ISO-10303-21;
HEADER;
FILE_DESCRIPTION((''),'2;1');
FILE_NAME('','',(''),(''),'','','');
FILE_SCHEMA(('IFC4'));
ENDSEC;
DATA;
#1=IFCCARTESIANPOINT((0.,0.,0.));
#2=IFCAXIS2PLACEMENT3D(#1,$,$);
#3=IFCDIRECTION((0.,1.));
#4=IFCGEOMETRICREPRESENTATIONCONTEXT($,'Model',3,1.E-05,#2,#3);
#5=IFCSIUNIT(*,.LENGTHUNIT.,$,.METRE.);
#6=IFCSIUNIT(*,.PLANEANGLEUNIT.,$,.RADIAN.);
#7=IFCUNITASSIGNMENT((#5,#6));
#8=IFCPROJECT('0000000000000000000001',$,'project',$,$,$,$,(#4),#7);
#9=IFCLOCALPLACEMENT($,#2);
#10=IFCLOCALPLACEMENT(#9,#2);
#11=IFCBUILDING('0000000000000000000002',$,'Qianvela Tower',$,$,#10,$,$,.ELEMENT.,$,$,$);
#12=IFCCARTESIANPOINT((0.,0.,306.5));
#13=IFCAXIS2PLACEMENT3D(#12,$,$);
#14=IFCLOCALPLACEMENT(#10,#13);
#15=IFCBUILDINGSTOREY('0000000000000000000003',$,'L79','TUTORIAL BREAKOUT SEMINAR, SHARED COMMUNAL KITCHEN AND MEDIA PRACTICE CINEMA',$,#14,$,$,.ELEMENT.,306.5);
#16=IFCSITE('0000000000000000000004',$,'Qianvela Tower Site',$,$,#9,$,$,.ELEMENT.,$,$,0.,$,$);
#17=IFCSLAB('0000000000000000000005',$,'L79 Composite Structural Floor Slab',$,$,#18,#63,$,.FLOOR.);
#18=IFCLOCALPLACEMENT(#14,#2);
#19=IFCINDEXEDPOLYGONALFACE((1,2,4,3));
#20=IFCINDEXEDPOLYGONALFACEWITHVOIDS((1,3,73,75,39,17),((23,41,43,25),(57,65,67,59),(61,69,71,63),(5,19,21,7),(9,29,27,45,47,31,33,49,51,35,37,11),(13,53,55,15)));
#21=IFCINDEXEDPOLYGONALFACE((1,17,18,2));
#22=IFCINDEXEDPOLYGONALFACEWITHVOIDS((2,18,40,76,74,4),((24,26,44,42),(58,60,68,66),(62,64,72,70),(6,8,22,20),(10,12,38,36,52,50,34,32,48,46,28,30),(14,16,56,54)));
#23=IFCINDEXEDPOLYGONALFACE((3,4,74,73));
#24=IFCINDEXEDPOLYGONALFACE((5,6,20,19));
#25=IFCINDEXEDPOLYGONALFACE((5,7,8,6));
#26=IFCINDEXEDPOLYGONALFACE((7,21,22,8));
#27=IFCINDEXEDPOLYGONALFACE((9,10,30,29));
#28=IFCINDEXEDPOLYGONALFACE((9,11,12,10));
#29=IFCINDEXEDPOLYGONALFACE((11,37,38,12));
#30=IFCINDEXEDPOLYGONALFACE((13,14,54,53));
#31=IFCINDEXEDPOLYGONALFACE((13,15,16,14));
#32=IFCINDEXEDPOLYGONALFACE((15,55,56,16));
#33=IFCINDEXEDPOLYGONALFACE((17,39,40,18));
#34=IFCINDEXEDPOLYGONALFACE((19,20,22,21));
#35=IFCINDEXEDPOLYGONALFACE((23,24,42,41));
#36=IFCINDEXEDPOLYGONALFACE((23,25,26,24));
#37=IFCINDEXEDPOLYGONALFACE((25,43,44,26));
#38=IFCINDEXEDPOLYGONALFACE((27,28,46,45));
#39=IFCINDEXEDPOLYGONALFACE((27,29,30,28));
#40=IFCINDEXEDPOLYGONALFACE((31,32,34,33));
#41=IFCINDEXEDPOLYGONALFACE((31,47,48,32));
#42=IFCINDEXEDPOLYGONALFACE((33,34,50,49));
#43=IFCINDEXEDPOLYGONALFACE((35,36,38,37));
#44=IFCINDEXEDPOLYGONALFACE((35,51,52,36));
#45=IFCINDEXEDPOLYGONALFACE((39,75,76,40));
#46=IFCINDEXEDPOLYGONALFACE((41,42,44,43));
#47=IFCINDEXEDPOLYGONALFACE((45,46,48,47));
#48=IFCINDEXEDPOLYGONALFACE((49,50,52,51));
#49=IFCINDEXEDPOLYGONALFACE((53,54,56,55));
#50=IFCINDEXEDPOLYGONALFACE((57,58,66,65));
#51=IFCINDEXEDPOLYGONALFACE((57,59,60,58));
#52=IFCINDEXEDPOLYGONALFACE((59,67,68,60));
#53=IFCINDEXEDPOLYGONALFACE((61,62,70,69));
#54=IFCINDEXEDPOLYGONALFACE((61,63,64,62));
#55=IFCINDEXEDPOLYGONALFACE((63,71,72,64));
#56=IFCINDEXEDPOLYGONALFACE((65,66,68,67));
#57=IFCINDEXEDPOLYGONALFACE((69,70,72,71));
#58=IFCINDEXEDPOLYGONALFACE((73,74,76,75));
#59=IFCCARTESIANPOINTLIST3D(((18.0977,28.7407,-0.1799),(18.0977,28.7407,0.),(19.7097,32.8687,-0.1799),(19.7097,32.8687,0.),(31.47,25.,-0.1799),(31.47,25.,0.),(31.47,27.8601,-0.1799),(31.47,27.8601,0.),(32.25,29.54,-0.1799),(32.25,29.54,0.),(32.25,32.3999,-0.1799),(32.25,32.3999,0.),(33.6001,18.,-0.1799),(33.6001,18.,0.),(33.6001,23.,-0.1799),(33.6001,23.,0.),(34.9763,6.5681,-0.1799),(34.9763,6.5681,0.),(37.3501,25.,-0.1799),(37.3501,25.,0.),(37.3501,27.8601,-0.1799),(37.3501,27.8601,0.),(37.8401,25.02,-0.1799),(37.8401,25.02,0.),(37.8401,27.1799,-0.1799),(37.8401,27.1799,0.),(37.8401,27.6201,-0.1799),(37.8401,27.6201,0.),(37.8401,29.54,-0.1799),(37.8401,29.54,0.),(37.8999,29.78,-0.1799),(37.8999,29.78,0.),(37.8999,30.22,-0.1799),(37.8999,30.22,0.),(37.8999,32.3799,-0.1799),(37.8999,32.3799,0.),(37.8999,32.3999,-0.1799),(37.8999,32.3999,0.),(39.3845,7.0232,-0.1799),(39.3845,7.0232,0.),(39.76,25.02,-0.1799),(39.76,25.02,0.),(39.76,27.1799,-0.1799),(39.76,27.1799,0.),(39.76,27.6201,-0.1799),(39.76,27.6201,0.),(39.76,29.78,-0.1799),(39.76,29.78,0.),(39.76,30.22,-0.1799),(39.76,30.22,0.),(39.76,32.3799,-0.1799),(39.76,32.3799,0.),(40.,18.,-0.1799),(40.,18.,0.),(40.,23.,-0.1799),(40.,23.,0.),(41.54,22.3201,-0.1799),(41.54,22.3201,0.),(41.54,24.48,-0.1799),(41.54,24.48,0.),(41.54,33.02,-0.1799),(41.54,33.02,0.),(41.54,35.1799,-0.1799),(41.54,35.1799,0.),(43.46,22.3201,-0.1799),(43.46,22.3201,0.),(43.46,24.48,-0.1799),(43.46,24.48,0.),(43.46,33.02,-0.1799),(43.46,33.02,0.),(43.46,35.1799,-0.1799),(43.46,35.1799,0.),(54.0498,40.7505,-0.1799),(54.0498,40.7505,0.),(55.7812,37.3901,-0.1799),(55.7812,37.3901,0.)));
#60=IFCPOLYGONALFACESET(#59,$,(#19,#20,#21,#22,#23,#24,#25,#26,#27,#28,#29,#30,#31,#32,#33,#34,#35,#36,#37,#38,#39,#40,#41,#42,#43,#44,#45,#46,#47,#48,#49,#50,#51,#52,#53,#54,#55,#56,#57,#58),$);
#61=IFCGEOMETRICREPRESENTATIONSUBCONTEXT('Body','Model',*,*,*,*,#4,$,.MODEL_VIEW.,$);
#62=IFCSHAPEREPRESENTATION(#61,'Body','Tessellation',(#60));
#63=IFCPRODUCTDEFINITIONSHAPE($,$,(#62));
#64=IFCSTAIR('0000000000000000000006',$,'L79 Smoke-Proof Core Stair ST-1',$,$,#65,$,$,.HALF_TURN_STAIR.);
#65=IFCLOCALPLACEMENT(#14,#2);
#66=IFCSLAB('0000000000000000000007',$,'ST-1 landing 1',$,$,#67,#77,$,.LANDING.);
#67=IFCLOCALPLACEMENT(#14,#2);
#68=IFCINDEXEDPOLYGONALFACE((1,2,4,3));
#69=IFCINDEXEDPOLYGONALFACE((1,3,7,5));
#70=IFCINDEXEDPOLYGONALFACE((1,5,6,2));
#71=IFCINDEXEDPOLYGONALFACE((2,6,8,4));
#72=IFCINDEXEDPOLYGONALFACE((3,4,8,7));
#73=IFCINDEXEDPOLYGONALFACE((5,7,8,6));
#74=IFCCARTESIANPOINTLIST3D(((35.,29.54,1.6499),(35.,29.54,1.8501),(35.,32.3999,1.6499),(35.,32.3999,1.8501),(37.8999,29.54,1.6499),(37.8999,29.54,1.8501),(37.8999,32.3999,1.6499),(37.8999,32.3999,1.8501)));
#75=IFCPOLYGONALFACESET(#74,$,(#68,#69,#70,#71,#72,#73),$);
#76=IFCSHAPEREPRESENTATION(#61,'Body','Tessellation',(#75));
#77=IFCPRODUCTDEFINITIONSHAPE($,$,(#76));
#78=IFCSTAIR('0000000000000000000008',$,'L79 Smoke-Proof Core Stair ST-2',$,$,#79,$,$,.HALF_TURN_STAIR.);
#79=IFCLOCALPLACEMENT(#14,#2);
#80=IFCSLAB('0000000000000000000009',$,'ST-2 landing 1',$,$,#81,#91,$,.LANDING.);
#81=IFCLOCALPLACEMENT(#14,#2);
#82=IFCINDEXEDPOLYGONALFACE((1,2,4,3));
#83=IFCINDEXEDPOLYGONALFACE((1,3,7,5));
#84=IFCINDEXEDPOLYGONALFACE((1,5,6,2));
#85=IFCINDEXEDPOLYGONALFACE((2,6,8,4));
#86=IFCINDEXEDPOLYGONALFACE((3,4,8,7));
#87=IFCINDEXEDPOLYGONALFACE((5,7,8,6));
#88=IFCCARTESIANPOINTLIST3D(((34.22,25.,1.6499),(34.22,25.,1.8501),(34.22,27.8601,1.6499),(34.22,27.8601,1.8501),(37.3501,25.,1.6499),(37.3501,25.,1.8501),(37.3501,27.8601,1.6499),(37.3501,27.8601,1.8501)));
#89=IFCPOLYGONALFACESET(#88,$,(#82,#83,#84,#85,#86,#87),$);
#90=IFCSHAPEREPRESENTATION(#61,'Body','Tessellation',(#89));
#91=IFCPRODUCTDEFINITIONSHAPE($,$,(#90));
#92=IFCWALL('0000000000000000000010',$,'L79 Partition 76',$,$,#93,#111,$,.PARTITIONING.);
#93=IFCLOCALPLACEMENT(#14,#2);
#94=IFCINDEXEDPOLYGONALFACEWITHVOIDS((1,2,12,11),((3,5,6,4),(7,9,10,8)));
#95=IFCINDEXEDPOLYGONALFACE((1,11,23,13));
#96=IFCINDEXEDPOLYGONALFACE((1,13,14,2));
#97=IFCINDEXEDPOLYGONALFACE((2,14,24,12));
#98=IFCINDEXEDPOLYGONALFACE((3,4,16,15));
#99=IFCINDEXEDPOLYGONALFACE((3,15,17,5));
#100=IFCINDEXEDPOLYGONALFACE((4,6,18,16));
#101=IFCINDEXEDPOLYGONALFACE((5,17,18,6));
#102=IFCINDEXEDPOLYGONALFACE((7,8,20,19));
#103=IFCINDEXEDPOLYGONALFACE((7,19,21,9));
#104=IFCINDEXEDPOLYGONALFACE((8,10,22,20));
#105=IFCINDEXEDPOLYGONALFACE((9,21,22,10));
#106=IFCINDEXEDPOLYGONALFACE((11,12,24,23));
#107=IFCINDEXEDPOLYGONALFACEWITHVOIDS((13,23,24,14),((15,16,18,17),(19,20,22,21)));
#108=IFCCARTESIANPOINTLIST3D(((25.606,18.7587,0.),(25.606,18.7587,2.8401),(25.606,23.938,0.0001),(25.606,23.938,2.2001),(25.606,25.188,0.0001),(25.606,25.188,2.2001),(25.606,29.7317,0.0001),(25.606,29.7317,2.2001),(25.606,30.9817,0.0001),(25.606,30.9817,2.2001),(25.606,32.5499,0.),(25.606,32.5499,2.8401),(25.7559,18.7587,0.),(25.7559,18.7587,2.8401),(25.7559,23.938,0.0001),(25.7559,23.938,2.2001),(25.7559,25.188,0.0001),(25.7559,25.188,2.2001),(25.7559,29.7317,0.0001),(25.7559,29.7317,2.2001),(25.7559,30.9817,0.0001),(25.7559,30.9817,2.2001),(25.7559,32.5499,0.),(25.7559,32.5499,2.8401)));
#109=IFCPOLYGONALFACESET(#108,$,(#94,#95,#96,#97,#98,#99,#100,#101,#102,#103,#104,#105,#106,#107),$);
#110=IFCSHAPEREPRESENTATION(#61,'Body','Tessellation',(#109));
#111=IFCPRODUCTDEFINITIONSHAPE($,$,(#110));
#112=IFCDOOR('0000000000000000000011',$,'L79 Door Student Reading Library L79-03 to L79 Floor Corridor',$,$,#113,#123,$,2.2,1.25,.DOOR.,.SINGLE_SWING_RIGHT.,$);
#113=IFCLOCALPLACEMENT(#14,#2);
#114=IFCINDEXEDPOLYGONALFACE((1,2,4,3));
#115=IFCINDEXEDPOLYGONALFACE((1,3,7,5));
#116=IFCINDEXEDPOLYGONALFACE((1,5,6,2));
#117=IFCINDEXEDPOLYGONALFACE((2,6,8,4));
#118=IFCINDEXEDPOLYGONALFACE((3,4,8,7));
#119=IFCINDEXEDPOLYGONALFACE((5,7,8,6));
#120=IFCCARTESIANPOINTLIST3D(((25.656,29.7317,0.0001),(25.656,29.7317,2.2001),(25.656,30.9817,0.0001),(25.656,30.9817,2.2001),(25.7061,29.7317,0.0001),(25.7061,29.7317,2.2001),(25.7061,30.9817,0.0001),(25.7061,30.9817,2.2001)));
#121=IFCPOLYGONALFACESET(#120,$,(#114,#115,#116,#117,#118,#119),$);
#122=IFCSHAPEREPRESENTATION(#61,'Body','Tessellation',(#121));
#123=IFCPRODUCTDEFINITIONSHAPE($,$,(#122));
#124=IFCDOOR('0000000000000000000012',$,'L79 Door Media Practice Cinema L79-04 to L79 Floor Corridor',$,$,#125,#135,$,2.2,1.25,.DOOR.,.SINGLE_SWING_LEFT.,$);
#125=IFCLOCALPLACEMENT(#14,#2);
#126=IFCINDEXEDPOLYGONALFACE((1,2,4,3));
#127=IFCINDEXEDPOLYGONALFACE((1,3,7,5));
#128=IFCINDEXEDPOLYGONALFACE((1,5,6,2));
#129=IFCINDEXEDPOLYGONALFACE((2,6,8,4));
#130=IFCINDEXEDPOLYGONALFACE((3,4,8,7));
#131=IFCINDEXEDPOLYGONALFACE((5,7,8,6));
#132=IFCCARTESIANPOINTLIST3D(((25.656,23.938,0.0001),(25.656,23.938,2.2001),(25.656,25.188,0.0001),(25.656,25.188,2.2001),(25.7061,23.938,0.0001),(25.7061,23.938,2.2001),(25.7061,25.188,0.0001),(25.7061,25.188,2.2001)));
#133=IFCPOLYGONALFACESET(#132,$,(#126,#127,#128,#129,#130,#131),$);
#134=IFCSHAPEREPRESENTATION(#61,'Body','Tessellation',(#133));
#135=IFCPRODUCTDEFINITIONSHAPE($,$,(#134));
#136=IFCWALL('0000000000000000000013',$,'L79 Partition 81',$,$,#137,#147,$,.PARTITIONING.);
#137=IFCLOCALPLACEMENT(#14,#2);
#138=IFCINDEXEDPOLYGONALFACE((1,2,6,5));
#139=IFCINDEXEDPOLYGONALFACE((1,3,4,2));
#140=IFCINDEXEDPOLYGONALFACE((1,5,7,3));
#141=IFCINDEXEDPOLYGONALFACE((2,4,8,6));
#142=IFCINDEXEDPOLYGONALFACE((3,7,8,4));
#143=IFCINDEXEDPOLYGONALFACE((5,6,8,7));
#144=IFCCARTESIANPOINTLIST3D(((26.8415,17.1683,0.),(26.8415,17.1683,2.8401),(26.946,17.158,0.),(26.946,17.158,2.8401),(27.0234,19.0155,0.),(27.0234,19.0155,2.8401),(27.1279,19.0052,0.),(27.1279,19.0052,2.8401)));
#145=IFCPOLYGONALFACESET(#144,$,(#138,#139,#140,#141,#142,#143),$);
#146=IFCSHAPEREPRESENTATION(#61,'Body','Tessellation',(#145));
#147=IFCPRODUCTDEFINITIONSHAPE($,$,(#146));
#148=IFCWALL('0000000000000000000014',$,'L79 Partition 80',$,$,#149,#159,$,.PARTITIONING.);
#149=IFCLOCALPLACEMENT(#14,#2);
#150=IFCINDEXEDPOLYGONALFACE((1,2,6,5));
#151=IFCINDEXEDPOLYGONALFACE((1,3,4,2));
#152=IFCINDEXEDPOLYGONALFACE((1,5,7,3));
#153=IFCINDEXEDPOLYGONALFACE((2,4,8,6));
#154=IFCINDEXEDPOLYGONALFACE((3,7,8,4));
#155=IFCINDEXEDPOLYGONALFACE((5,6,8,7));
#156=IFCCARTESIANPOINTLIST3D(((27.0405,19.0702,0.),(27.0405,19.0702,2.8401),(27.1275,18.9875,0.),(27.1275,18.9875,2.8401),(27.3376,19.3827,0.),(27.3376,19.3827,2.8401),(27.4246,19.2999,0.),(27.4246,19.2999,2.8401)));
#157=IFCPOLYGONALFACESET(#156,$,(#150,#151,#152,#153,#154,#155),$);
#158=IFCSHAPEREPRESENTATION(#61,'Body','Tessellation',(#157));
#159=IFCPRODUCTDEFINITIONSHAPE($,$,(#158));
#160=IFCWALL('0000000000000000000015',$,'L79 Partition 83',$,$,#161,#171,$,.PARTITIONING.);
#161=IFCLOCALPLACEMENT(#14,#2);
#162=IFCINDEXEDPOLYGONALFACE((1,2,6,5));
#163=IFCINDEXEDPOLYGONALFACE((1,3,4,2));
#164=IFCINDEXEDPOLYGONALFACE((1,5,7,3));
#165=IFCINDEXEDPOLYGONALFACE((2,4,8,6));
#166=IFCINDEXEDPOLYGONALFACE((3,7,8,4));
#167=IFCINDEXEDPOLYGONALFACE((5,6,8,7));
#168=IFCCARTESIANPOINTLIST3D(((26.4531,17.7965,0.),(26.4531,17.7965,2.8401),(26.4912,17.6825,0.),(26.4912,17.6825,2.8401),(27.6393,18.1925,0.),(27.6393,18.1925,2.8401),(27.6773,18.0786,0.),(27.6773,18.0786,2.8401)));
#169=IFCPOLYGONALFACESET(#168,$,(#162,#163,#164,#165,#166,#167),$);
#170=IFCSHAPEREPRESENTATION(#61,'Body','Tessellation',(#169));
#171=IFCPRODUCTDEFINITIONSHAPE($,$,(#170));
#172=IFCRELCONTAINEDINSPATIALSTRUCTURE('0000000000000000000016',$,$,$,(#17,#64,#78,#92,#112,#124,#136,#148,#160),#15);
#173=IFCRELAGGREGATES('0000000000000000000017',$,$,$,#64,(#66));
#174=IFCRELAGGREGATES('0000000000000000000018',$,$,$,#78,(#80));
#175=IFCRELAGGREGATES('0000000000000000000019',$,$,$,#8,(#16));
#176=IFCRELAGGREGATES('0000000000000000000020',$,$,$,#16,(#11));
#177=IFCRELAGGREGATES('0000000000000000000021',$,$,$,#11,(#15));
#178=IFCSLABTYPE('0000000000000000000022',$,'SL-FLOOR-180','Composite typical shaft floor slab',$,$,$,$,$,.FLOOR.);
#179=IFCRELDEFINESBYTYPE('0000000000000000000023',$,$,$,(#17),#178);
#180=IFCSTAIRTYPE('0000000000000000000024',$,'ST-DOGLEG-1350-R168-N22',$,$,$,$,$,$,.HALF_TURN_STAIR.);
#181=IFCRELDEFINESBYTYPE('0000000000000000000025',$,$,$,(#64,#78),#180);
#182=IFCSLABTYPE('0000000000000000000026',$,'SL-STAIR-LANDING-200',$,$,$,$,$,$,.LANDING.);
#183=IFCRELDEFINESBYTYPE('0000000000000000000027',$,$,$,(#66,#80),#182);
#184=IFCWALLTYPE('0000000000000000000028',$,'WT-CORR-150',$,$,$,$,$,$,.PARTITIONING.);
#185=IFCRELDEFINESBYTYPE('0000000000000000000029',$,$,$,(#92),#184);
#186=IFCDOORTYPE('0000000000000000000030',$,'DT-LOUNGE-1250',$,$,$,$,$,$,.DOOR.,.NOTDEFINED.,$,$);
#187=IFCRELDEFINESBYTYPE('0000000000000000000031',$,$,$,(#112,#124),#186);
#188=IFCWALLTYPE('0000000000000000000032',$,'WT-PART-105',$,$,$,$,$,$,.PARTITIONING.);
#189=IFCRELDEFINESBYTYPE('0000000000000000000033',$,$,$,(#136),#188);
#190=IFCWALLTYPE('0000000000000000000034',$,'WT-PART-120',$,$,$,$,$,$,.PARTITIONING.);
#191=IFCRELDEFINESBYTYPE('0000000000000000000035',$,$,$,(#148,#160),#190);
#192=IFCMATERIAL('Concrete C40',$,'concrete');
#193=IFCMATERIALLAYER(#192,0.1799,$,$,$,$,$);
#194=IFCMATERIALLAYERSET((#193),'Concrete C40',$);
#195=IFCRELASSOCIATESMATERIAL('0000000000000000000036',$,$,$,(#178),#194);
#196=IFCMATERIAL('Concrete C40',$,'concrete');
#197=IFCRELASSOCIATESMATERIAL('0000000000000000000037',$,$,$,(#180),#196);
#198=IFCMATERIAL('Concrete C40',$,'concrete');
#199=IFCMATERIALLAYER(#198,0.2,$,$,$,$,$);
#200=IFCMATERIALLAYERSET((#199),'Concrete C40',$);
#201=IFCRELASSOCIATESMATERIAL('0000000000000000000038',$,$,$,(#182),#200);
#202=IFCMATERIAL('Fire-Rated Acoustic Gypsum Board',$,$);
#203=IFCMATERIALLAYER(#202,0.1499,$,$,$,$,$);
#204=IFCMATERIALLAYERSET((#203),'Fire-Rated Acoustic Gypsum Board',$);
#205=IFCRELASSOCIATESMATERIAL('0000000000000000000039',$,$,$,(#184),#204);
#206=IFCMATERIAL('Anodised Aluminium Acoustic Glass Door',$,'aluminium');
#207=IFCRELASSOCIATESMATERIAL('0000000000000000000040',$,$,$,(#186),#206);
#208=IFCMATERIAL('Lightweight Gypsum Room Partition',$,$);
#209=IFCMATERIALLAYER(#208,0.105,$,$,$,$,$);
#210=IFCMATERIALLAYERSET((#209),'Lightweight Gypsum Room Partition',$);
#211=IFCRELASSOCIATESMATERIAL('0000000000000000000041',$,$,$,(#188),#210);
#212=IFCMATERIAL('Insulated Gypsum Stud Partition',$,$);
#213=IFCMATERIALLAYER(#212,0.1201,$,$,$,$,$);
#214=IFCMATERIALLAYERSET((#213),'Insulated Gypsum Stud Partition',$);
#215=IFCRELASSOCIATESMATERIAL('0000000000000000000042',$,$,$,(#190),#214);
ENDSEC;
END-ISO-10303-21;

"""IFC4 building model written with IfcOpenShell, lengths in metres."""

from ifc_helpers import new_model, si_unit, direction, frame, frame_2d, origin, place, context, subcontext, project, spatial, polyline, rectangle, outline, extrude, material, layer, layer_set, type_object, element, fill, aggregate, save


model = new_model("IFC4")

# Units and contexts
model_context = context("Model", 3, precision=1e-05, world=origin(), true_north=direction((0.0, 1.0)))
body_context = subcontext(model_context, "Body", "Model", "MODEL_VIEW")
ifc_project = project(units=[si_unit("LENGTHUNIT", "METRE"), si_unit("PLANEANGLEUNIT", "RADIAN")], contexts=[model_context])

# Site, building, storey
site_placement = place(None, origin())
site = spatial("IfcSite", under=ifc_project, at=site_placement, Name="Qianvela Tower Site", CompositionType="ELEMENT", RefElevation=0.0)
building_placement = place(site_placement, origin())
building = spatial("IfcBuilding", under=site, at=building_placement, Name="Qianvela Tower", CompositionType="ELEMENT")
storey_placement = place(building_placement, frame((0.0, 0.0, 306.5)))
storey = spatial("IfcBuildingStorey", under=building, at=storey_placement, Name="L79", Description="TUTORIAL BREAKOUT SEMINAR, SHARED COMMUNAL KITCHEN AND MEDIA PRACTICE CINEMA", CompositionType="ELEMENT", Elevation=306.5)

# Slab
ifc_material_1 = material(Name="Concrete C40", Category="concrete")
ifc_layer_1 = layer(ifc_material_1, 0.1799)
ifc_layer_set_1 = layer_set([ifc_layer_1], Name="Concrete C40")
slab_type_1 = type_object("IfcSlabType", Name="SL-FLOOR-180", Description="Composite typical shaft floor slab", PredefinedType="FLOOR", material=ifc_layer_set_1)
slab_1_placement = place(storey_placement, frame((0.0, 0.0, -0.1799)))
element("IfcSlab", 1, at=slab_1_placement, inside=storey, type_object=slab_type_1, Name="L79 Composite Structural Floor Slab", PredefinedType="FLOOR", context=body_context, shape_type="SweptSolid", body=[
    extrude(outline(polyline([(55.7812, 37.3901), (54.0498, 40.7505), (19.7097, 32.8687), (18.0977, 28.7407), (34.9763, 6.5681), (39.3845, 7.0232), (55.7812, 37.3901)]), holes=[polyline([(40.0, 23.0), (33.6001, 23.0), (33.6001, 18.0), (40.0, 18.0), (40.0, 23.0)]), polyline([(43.46, 24.48), (41.54, 24.48), (41.54, 22.3201), (43.46, 22.3201), (43.46, 24.48)]), polyline([(39.76, 27.1799), (37.8401, 27.1799), (37.8401, 25.02), (39.76, 25.02), (39.76, 27.1799)]), polyline([(37.3501, 27.8601), (31.47, 27.8601), (31.47, 25.0), (37.3501, 25.0), (37.3501, 27.8601)]), polyline([(39.76, 27.6201), (39.76, 29.78), (37.8999, 29.78), (37.8999, 30.22), (39.76, 30.22), (39.76, 32.3799), (37.8999, 32.3799), (37.8999, 32.3999), (32.25, 32.3999), (32.25, 29.54), (37.8401, 29.54), (37.8401, 27.6201), (39.76, 27.6201)]), polyline([(43.46, 35.1799), (41.54, 35.1799), (41.54, 33.02), (43.46, 33.02), (43.46, 35.1799)])]), origin(), (0.0, 0.0, 1.0), 0.1799),
])

# Stairs, slabs
ifc_material_2 = material(Name="Concrete C40", Category="concrete")
stair_type = type_object("IfcStairType", Name="ST-DOGLEG-1350-R168-N22", PredefinedType="HALF_TURN_STAIR", material=ifc_material_2)
stair_1_placement = place(storey_placement, origin())
stair_1 = element("IfcStair", 2, at=stair_1_placement, inside=storey, type_object=stair_type, Name="L79 Smoke-Proof Core Stair ST-1", PredefinedType="HALF_TURN_STAIR")
ifc_material_3 = material(Name="Concrete C40", Category="concrete")
ifc_layer_2 = layer(ifc_material_3, 0.2)
ifc_layer_set_2 = layer_set([ifc_layer_2], Name="Concrete C40")
slab_type_2 = type_object("IfcSlabType", Name="SL-STAIR-LANDING-200", PredefinedType="LANDING", material=ifc_layer_set_2)
slab_2_placement = place(storey_placement, frame((0.0, 0.0, 1.6499)))
slab_2 = element("IfcSlab", 3, at=slab_2_placement, type_object=slab_type_2, Name="ST-1 landing 1", PredefinedType="LANDING", context=body_context, shape_type="SweptSolid", body=[
    extrude(outline(polyline([(35.0, 29.54), (37.8999, 29.54), (37.8999, 32.3999), (35.0, 32.3999), (35.0, 29.54)])), origin(), (0.0, 0.0, 1.0), 0.2002),
])
aggregate(stair_1, [slab_2])
stair_2_placement = place(storey_placement, origin())
stair_2 = element("IfcStair", 4, at=stair_2_placement, inside=storey, type_object=stair_type, Name="L79 Smoke-Proof Core Stair ST-2", PredefinedType="HALF_TURN_STAIR")
slab_3_placement = place(storey_placement, frame((0.0, 0.0, 1.6499)))
slab_3 = element("IfcSlab", 5, at=slab_3_placement, type_object=slab_type_2, Name="ST-2 landing 1", PredefinedType="LANDING", context=body_context, shape_type="SweptSolid", body=[
    extrude(outline(polyline([(34.22, 25.0), (37.3501, 25.0), (37.3501, 27.8601), (34.22, 27.8601), (34.22, 25.0)])), origin(), (0.0, 0.0, 1.0), 0.2002),
])
aggregate(stair_2, [slab_3])

# Wall, openings, doors
ifc_material_4 = material(Name="Fire-Rated Acoustic Gypsum Board")
ifc_layer_3 = layer(ifc_material_4, 0.1499)
ifc_layer_set_3 = layer_set([ifc_layer_3], Name="Fire-Rated Acoustic Gypsum Board")
wall_type_1 = type_object("IfcWallType", Name="WT-CORR-150", PredefinedType="PARTITIONING", material=ifc_layer_set_3)
wall_1_placement = place(storey_placement, frame((25.6809, 18.7588, 0.0), z_axis=(0.0, 0.0, 1.0), x_axis=(0.0, 1.0, 0.0)))
wall_1 = element("IfcWall", 6, at=wall_1_placement, inside=storey, type_object=wall_type_1, Name="L79 Partition 76", PredefinedType="PARTITIONING", context=body_context, shape_type="SweptSolid", body=[
    extrude(rectangle(XDim=13.7913, YDim=0.1499, at=frame_2d((6.8955, 0.0))), origin(), (0.0, 0.0, 1.0), 2.8401),
])
opening_1_placement = place(wall_1_placement, frame((10.9729, 0.0, 0.0)))
opening_1 = element("IfcOpeningElement", 7, at=opening_1_placement, cuts=wall_1, PredefinedType="OPENING", context=body_context, shape_type="SweptSolid", body=[
    extrude(rectangle(XDim=1.25, YDim=2.2, at=frame_2d((0.625, 1.1001))), frame((0.0, 0.085, 0.0), z_axis=(0.0, -1.0, 0.0), x_axis=(1.0, 0.0, 0.0)), (0.0, 0.0, 1.0), 0.1699),
])
opening_2_placement = place(wall_1_placement, frame((5.1792, 0.0, 0.0)))
opening_2 = element("IfcOpeningElement", 8, at=opening_2_placement, cuts=wall_1, PredefinedType="OPENING", context=body_context, shape_type="SweptSolid", body=[
    extrude(rectangle(XDim=1.25, YDim=2.2, at=frame_2d((0.625, 1.1001))), frame((0.0, 0.085, 0.0), z_axis=(0.0, -1.0, 0.0), x_axis=(1.0, 0.0, 0.0)), (0.0, 0.0, 1.0), 0.1699),
])
ifc_material_5 = material(Name="Anodised Aluminium Acoustic Glass Door", Category="aluminium")
door_type = type_object("IfcDoorType", Name="DT-LOUNGE-1250", OperationType="NOTDEFINED", PredefinedType="DOOR", material=ifc_material_5)
door_1_placement = place(opening_1_placement, origin())
door_1 = element("IfcDoor", 9, at=door_1_placement, inside=storey, type_object=door_type, Name="L79 Door Student Reading Library L79-03 to L79 Floor Corridor", OperationType="SINGLE_SWING_RIGHT", OverallHeight=2.2, OverallWidth=1.25, PredefinedType="DOOR", context=body_context, shape_type="SweptSolid", body=[
    extrude(rectangle(XDim=1.25, YDim=2.2, at=frame_2d((0.625, 1.1001))), frame((0.0, 0.0249, 0.0), z_axis=(0.0, -1.0, 0.0), x_axis=(1.0, 0.0, 0.0)), (0.0, 0.0, 1.0), 0.05),
])
fill(opening_1, door_1)
door_2_placement = place(opening_2_placement, origin())
door_2 = element("IfcDoor", 10, at=door_2_placement, inside=storey, type_object=door_type, Name="L79 Door Media Practice Cinema L79-04 to L79 Floor Corridor", OperationType="SINGLE_SWING_LEFT", OverallHeight=2.2, OverallWidth=1.25, PredefinedType="DOOR", context=body_context, shape_type="SweptSolid", body=[
    extrude(rectangle(XDim=1.25, YDim=2.2, at=frame_2d((0.625, 1.1001))), frame((0.0, 0.0249, 0.0), z_axis=(0.0, -1.0, 0.0), x_axis=(1.0, 0.0, 0.0)), (0.0, 0.0, 1.0), 0.05),
])
fill(opening_2, door_2)

# Walls
ifc_material_6 = material(Name="Lightweight Gypsum Room Partition")
ifc_layer_4 = layer(ifc_material_6, 0.105)
ifc_layer_set_4 = layer_set([ifc_layer_4], Name="Lightweight Gypsum Room Partition")
wall_type_2 = type_object("IfcWallType", Name="WT-PART-105", PredefinedType="PARTITIONING", material=ifc_layer_set_4)
wall_2_placement = place(storey_placement, frame((27.0757, 19.0105, 0.0), z_axis=(0.0, 0.0, 1.0), x_axis=(-0.097993, -0.995187, 0.0)))
element("IfcWall", 11, at=wall_2_placement, inside=storey, type_object=wall_type_2, Name="L79 Partition 81", PredefinedType="PARTITIONING", context=body_context, shape_type="SweptSolid", body=[
    extrude(rectangle(XDim=1.8562, YDim=0.105, at=frame_2d((0.9282, 0.0))), origin(), (0.0, 0.0, 1.0), 2.8401),
])
ifc_material_7 = material(Name="Insulated Gypsum Stud Partition")
ifc_layer_5 = layer(ifc_material_7, 0.1201)
ifc_layer_set_5 = layer_set([ifc_layer_5], Name="Insulated Gypsum Stud Partition")
wall_type_3 = type_object("IfcWallType", Name="WT-PART-120", PredefinedType="PARTITIONING", material=ifc_layer_set_5)
wall_3_placement = place(storey_placement, frame((27.3811, 19.3413, 0.0), z_axis=(0.0, 0.0, 1.0), x_axis=(-0.689047, -0.724717, 0.0)))
element("IfcWall", 12, at=wall_3_placement, inside=storey, type_object=wall_type_3, Name="L79 Partition 80", PredefinedType="PARTITIONING", context=body_context, shape_type="SweptSolid", body=[
    extrude(rectangle(XDim=0.4312, YDim=0.1201, at=frame_2d((0.2156, 0.0))), origin(), (0.0, 0.0, 1.0), 2.8401),
])
wall_4_placement = place(storey_placement, frame((26.4722, 17.7395, 0.0), z_axis=(0.0, 0.0, 1.0), x_axis=(0.948527, 0.316696, 0.0)))
element("IfcWall", 13, at=wall_4_placement, inside=storey, type_object=wall_type_3, Name="L79 Partition 83", PredefinedType="PARTITIONING", context=body_context, shape_type="SweptSolid", body=[
    extrude(rectangle(XDim=1.2505, YDim=0.1201, at=frame_2d((0.6252, 0.0))), origin(), (0.0, 0.0, 1.0), 2.8401),
])

save(model, "model.ifc")
